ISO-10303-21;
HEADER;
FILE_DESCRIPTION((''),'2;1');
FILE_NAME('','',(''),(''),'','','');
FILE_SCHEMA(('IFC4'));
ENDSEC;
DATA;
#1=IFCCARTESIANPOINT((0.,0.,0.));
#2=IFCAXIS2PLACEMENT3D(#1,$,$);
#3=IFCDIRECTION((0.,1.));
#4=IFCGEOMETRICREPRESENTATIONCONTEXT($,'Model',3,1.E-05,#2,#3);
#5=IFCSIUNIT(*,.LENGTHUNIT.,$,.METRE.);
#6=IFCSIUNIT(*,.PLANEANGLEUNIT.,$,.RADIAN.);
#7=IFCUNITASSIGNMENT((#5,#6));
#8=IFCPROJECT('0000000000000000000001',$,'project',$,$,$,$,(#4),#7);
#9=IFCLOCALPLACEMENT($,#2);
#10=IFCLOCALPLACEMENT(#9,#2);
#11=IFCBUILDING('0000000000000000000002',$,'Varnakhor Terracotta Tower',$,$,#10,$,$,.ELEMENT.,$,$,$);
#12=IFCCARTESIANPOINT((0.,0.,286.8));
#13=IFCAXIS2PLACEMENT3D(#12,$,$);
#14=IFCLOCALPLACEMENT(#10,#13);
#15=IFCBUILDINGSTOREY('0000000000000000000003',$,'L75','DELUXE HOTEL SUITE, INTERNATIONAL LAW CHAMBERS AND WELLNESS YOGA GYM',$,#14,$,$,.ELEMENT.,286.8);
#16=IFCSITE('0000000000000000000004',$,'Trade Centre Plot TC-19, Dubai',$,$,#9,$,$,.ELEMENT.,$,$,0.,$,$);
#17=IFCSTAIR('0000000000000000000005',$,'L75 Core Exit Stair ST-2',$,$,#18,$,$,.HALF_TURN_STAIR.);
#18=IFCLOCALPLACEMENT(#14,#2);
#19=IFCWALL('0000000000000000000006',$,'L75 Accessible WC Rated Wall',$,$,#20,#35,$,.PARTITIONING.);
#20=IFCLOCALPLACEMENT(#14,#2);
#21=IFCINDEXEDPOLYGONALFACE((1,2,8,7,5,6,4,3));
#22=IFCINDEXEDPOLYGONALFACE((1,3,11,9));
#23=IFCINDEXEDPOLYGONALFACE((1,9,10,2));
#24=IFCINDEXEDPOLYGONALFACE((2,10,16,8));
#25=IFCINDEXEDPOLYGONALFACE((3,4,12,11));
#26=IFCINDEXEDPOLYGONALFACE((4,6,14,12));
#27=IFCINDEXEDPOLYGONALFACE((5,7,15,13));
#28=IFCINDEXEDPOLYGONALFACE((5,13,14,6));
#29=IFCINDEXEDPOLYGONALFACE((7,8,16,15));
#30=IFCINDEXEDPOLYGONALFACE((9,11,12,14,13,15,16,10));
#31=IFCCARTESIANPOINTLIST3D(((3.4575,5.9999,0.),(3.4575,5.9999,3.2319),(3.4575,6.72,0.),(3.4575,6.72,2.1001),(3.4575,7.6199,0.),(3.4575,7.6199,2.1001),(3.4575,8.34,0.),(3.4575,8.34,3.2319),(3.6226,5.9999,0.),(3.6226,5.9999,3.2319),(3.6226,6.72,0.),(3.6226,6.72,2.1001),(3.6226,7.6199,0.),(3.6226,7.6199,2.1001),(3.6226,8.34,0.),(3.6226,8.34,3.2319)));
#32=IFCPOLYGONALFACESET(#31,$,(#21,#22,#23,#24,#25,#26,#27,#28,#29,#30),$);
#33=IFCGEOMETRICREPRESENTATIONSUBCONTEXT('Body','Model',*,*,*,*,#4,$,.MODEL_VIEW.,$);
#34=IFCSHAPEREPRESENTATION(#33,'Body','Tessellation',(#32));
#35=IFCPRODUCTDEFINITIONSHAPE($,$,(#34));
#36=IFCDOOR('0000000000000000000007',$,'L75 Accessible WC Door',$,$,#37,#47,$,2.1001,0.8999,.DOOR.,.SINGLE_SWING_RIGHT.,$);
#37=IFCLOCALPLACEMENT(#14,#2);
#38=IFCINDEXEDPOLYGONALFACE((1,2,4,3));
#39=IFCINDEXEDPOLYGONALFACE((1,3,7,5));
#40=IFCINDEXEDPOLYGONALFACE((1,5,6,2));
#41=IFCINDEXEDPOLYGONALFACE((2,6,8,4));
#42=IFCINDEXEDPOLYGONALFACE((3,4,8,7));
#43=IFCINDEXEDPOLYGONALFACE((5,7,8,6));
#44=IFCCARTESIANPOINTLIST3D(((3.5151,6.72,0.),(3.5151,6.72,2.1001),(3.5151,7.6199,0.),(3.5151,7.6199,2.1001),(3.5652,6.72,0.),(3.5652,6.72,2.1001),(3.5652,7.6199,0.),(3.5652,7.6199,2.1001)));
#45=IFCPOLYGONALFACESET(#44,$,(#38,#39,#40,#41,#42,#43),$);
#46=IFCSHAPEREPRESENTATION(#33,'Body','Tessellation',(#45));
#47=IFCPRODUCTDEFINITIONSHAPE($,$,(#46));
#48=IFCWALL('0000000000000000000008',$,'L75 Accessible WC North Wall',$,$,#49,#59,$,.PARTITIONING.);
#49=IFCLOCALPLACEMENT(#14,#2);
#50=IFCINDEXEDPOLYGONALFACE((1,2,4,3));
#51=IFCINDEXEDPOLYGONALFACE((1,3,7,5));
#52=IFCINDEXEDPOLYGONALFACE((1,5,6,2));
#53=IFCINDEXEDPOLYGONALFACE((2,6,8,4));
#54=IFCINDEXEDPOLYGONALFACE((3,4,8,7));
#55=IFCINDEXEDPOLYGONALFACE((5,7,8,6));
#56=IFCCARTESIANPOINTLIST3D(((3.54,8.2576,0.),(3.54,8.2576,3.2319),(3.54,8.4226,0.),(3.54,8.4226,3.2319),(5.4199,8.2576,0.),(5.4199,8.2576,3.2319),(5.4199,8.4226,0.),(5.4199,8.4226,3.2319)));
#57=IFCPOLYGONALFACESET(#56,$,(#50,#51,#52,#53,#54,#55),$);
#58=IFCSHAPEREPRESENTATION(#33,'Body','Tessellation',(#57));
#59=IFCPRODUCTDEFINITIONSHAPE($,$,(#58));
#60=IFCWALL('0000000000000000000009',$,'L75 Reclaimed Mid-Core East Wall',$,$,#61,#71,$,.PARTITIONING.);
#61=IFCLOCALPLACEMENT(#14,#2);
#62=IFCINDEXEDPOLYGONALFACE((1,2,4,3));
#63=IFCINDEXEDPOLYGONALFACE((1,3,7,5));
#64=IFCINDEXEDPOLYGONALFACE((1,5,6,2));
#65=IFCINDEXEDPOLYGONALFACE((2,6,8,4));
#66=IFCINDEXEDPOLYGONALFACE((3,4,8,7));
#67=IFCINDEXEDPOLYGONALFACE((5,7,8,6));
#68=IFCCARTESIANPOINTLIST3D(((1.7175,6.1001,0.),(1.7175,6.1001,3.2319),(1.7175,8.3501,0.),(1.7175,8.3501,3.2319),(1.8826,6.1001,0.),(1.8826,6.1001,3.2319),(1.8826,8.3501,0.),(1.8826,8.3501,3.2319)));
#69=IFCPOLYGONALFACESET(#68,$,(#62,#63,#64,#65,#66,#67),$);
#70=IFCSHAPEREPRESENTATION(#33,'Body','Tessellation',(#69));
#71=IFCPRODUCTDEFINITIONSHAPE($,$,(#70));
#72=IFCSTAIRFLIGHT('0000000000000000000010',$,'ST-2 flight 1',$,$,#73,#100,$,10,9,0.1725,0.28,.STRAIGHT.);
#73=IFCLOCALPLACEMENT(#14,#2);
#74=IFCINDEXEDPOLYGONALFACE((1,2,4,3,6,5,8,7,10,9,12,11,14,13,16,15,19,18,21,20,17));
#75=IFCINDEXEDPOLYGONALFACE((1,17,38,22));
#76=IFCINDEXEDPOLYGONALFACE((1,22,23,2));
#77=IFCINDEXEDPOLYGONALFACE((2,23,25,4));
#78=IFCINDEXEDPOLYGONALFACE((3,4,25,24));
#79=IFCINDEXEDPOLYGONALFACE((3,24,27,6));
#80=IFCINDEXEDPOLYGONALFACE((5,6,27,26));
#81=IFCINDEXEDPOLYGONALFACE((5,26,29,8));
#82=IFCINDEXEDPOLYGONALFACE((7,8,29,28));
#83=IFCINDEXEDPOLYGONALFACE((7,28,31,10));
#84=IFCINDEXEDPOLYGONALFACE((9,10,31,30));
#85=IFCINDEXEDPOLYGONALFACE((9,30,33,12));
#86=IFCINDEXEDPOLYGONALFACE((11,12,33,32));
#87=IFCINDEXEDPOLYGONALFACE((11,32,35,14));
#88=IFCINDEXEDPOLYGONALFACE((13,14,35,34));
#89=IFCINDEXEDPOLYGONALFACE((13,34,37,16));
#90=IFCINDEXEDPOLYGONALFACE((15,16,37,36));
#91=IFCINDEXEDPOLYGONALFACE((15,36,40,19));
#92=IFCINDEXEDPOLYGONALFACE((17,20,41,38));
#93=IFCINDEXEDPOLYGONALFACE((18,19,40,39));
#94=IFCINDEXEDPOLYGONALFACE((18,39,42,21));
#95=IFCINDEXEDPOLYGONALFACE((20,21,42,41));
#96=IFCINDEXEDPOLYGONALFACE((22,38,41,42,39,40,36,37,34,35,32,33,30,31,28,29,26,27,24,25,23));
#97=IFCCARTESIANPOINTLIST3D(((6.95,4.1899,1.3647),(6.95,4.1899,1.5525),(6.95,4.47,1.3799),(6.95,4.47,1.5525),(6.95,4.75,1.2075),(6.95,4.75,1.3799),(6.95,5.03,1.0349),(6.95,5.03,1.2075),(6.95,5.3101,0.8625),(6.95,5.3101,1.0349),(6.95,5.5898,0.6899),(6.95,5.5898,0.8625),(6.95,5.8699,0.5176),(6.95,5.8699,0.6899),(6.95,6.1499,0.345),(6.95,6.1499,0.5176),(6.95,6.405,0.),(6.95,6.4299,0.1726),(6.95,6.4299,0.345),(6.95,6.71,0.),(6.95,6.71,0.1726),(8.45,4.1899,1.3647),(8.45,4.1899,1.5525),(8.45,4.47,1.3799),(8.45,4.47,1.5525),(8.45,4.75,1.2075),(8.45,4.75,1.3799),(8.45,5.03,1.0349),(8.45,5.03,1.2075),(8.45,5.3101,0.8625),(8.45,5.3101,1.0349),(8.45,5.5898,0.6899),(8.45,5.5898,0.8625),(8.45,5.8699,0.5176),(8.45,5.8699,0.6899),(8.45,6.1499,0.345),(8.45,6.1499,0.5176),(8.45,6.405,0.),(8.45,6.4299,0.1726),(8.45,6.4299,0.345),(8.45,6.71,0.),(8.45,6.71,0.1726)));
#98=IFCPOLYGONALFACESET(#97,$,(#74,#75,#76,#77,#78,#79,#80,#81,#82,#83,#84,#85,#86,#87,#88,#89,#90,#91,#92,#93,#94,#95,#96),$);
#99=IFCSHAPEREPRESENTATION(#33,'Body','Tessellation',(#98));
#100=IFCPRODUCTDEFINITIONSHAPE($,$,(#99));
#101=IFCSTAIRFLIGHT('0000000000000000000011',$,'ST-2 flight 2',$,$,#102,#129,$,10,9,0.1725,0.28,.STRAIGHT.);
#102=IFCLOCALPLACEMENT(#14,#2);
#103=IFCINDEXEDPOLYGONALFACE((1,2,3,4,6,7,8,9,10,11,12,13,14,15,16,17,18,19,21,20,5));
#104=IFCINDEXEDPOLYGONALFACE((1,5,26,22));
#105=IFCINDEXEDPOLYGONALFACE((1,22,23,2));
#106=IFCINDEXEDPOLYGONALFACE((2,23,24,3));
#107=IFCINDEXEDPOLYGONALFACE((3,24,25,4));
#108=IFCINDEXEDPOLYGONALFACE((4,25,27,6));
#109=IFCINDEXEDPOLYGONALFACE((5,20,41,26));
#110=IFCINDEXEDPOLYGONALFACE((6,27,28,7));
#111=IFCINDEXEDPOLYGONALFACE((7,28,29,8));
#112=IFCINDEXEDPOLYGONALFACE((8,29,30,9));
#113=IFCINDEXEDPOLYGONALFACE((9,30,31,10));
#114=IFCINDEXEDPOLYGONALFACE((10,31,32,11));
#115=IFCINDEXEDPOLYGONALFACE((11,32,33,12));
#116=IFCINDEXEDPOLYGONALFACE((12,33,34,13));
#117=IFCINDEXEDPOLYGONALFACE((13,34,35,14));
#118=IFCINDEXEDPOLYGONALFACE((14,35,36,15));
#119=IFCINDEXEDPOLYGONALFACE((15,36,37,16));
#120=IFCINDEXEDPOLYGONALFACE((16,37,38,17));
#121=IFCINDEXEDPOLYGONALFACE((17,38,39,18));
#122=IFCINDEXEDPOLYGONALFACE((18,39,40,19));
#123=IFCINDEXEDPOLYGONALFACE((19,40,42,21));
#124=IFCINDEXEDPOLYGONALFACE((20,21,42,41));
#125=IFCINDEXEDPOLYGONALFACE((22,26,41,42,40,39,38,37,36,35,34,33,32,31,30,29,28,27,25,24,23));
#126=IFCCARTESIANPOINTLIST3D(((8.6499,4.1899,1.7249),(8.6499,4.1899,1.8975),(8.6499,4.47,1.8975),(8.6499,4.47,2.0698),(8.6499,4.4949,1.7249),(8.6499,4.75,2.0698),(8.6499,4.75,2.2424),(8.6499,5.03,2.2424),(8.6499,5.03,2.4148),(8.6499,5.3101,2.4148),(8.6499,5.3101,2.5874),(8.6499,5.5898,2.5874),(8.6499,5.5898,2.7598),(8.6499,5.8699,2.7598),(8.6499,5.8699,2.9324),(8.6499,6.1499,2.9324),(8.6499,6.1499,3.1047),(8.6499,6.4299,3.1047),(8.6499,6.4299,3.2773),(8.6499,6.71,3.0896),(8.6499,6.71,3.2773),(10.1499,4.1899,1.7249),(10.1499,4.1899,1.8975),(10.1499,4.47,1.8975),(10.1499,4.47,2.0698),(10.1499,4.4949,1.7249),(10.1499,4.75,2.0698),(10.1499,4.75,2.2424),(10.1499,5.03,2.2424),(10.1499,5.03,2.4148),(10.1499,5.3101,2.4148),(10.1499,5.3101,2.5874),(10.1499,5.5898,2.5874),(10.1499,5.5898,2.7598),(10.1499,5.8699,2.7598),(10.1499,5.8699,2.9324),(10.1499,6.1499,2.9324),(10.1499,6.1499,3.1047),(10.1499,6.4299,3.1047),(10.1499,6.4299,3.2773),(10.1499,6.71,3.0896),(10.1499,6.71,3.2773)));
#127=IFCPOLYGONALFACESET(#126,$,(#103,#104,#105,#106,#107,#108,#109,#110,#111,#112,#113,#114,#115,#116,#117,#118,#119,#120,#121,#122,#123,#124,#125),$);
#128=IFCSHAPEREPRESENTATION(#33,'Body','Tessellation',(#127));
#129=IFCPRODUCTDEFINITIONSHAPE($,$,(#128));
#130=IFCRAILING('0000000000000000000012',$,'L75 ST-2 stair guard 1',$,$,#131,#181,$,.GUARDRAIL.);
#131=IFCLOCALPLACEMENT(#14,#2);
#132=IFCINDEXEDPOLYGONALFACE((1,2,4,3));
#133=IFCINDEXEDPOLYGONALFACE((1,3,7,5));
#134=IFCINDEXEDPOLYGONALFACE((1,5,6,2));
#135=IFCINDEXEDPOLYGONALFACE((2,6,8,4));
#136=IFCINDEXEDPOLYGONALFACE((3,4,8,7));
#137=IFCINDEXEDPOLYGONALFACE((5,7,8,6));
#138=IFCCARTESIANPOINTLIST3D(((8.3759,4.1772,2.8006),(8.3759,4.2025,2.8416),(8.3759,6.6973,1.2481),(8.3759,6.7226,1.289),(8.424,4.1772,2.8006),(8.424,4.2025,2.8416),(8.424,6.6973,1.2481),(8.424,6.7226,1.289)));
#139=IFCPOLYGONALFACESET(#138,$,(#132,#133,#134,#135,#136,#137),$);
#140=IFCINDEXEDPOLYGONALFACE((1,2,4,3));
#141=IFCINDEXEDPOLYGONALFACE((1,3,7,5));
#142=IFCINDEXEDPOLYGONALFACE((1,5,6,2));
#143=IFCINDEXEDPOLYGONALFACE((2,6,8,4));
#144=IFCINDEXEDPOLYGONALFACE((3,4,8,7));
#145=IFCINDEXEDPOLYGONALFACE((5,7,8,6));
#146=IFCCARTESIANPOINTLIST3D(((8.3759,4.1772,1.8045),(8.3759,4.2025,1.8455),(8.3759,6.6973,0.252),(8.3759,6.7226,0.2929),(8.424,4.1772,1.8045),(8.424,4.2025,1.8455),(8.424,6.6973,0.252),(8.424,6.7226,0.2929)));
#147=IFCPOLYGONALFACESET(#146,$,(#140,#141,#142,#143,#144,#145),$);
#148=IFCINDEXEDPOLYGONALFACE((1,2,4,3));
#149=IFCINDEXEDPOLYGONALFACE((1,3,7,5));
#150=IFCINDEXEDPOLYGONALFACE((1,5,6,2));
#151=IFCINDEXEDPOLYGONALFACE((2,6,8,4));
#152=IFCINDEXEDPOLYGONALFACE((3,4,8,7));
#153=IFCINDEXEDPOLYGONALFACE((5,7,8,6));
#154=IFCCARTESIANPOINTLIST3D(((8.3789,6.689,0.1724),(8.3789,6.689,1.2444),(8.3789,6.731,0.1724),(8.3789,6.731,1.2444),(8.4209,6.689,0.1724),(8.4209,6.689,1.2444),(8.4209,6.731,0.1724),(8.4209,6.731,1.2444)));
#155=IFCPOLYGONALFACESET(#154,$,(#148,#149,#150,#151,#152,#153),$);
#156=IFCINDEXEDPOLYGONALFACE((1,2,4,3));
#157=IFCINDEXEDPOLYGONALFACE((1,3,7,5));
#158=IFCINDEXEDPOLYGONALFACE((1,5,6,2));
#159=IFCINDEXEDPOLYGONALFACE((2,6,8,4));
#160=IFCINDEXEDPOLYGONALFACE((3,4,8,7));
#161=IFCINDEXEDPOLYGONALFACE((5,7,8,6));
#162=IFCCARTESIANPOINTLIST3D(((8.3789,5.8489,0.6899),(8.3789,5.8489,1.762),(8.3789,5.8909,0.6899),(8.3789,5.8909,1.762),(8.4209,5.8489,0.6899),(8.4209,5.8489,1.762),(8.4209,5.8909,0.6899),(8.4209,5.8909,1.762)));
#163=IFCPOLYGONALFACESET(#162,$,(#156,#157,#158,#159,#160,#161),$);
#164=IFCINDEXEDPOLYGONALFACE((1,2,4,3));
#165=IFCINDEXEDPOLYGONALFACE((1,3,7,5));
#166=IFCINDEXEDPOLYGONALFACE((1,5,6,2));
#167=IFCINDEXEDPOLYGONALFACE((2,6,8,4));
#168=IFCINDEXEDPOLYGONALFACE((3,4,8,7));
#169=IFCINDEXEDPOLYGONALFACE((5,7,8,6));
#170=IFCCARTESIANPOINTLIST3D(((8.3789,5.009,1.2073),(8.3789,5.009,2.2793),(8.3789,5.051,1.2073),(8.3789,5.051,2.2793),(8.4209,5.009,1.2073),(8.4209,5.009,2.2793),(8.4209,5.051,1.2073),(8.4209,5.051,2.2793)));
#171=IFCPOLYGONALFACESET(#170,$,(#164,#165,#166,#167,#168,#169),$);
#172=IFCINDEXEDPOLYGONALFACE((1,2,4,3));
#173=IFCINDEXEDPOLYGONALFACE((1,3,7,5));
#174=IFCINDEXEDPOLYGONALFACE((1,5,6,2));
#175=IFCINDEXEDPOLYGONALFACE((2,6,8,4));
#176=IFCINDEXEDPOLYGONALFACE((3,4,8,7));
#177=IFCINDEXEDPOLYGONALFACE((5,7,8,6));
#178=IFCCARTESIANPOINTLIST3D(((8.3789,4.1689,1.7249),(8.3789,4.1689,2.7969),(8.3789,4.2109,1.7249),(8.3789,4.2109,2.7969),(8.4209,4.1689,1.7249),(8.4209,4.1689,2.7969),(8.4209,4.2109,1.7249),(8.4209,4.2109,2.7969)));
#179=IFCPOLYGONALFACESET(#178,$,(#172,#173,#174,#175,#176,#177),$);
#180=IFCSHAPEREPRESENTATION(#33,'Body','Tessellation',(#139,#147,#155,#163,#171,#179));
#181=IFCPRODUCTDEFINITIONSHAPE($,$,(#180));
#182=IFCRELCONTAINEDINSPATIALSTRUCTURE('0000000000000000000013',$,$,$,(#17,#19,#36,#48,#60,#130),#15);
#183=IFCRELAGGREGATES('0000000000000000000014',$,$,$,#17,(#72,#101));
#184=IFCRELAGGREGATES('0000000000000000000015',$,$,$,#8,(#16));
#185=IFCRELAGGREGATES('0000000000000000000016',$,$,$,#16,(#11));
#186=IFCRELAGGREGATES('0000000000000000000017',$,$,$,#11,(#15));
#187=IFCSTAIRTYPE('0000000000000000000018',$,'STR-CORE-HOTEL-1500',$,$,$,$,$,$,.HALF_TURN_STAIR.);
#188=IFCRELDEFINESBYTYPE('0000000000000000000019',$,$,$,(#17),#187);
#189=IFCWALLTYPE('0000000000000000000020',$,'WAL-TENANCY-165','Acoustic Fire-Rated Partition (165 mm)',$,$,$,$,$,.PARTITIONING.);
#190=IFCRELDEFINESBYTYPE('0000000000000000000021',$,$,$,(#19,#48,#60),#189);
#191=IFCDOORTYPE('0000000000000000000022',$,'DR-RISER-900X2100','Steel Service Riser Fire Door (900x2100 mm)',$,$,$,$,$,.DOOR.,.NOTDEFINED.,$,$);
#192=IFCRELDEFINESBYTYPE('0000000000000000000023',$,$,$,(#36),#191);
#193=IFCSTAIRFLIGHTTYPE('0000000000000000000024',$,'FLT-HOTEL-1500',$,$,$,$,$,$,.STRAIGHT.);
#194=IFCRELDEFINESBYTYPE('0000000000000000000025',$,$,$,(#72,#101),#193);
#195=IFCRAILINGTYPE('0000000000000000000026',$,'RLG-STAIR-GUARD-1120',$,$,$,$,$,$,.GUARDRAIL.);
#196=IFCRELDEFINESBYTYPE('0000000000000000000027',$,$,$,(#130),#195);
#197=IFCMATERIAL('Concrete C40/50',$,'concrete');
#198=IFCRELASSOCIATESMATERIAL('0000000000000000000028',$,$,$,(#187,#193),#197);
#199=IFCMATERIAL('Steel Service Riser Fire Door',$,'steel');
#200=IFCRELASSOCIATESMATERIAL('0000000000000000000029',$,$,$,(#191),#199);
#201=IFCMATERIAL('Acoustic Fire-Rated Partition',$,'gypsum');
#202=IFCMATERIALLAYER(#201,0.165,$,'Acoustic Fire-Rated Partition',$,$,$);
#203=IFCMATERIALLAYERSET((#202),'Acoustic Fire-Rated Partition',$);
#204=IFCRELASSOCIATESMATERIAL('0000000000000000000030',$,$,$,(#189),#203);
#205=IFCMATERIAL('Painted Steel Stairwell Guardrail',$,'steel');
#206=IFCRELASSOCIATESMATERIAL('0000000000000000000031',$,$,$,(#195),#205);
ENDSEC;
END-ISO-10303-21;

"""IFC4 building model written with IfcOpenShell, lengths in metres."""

from ifc_helpers import new_model, si_unit, direction, frame, frame_2d, origin, origin_2d, place, context, subcontext, project, spatial, polyline, rectangle, outline, extrude, source, transform, mapped, material, layer, layer_set, type_object, type_shapes, element, fill, aggregate, save


model = new_model("IFC4")

# Units and contexts
model_context = context("Model", 3, precision=1e-05, world=origin(), true_north=direction((0.0, 1.0)))
body_context = subcontext(model_context, "Body", "Model", "MODEL_VIEW")
ifc_project = project(units=[si_unit("LENGTHUNIT", "METRE"), si_unit("PLANEANGLEUNIT", "RADIAN")], contexts=[model_context])

# Site, building, storey
site_placement = place(None, origin())
site = spatial("IfcSite", under=ifc_project, at=site_placement, Name="Trade Centre Plot TC-19, Dubai", CompositionType="ELEMENT", RefElevation=0.0)
building_placement = place(site_placement, origin())
building = spatial("IfcBuilding", under=site, at=building_placement, Name="Varnakhor Terracotta Tower", CompositionType="ELEMENT")
storey_placement = place(building_placement, frame((0.0, 0.0, 286.8)))
storey = spatial("IfcBuildingStorey", under=building, at=storey_placement, Name="L75", Description="DELUXE HOTEL SUITE, INTERNATIONAL LAW CHAMBERS AND WELLNESS YOGA GYM", CompositionType="ELEMENT", Elevation=286.8)

# Shared definitions
ifc_material_1 = material(Name="Concrete C40/50", Category="concrete")

# Stair
stair_type = type_object("IfcStairType", Name="STR-CORE-HOTEL-1500", PredefinedType="HALF_TURN_STAIR", material=ifc_material_1)
stair_1_placement = place(storey_placement, origin())
stair_1 = element("IfcStair", 1, at=stair_1_placement, inside=storey, type_object=stair_type, Name="L75 Core Exit Stair ST-2", PredefinedType="HALF_TURN_STAIR")

# Shared definitions
ifc_material_2 = material(Name="Acoustic Fire-Rated Partition", Category="gypsum")

# Wall, opening, door
ifc_material_3 = material(Name="Steel Service Riser Fire Door", Category="steel")
door_type_1 = type_object("IfcDoorType", Name="DR-RISER-900X2100", Description="Steel Service Riser Fire Door (900x2100 mm)", OperationType="NOTDEFINED", PredefinedType="DOOR", material=ifc_material_3)
shared_shape_1 = source(origin(), body_context, "Body", "SweptSolid", [
    extrude(rectangle(XDim=0.8999, YDim=2.1001, at=frame_2d((0.45, 1.05))), frame((0.0, 0.0249, 0.0), z_axis=(0.0, -1.0, 0.0), x_axis=(1.0, 0.0, 0.0)), (0.0, 0.0, 1.0), 0.05),
])
type_shapes(door_type_1, [shared_shape_1])
ifc_layer_1 = layer(ifc_material_2, 0.165, Name="Acoustic Fire-Rated Partition")
ifc_layer_set_1 = layer_set([ifc_layer_1], Name="Acoustic Fire-Rated Partition")
wall_type_1 = type_object("IfcWallType", Name="WAL-TENANCY-165", Description="Acoustic Fire-Rated Partition (165 mm)", PredefinedType="PARTITIONING", material=ifc_layer_set_1)
wall_1_placement = place(storey_placement, frame((3.54, 6.0, 0.0), z_axis=(0.0, 0.0, 1.0), x_axis=(0.0, 1.0, 0.0)))
wall_1 = element("IfcWall", 2, at=wall_1_placement, inside=storey, type_object=wall_type_1, Name="L75 Accessible WC Rated Wall", PredefinedType="PARTITIONING", context=body_context, shape_type="SweptSolid", body=[
    extrude(rectangle(XDim=2.3401, YDim=0.165, at=frame_2d((1.1699, 0.0))), origin(), (0.0, 0.0, 1.0), 3.2319),
])
opening_1_placement = place(wall_1_placement, frame((0.72, 0.0, 0.0)))
opening_1 = element("IfcOpeningElement", 3, at=opening_1_placement, cuts=wall_1, PredefinedType="OPENING", context=body_context, shape_type="SweptSolid", body=[
    extrude(rectangle(XDim=0.8999, YDim=2.1001, at=frame_2d((0.45, 1.05))), frame((0.0, 0.0925, 0.0), z_axis=(0.0, -1.0, 0.0), x_axis=(1.0, 0.0, 0.0)), (0.0, 0.0, 1.0), 0.1851),
])
door_1_placement = place(opening_1_placement, origin())
door_1 = element("IfcDoor", 4, at=door_1_placement, inside=storey, type_object=door_type_1, Name="L75 Accessible WC Door", OperationType="SINGLE_SWING_RIGHT", OverallHeight=2.1001, OverallWidth=0.8999, PredefinedType="DOOR", context=body_context, shape_type="MappedRepresentation", body=[
    mapped(shared_shape_1, transform((0.0, 0.0, 0.0), scale=1.0)),
])
fill(opening_1, door_1)

# Walls
wall_2_placement = place(storey_placement, frame((3.54, 8.3401, 0.0), z_axis=(0.0, 0.0, 1.0), x_axis=(1.0, 0.0, 0.0)))
element("IfcWall", 5, at=wall_2_placement, inside=storey, type_object=wall_type_1, Name="L75 Accessible WC North Wall", PredefinedType="PARTITIONING", context=body_context, shape_type="SweptSolid", body=[
    extrude(rectangle(XDim=1.8799, YDim=0.165, at=frame_2d((0.9399, 0.0))), origin(), (0.0, 0.0, 1.0), 3.2319),
])
wall_3_placement = place(storey_placement, frame((1.8, 6.1001, 0.0), z_axis=(0.0, 0.0, 1.0), x_axis=(0.0, 1.0, 0.0)))
element("IfcWall", 6, at=wall_3_placement, inside=storey, type_object=wall_type_1, Name="L75 Reclaimed Mid-Core East Wall", PredefinedType="PARTITIONING", context=body_context, shape_type="SweptSolid", body=[
    extrude(rectangle(XDim=2.25, YDim=0.165, at=frame_2d((1.125, 0.0))), origin(), (0.0, 0.0, 1.0), 3.2319),
])

# Stair flights
stair_flight_type = type_object("IfcStairFlightType", Name="FLT-HOTEL-1500", PredefinedType="STRAIGHT", material=ifc_material_1)
stair_flight_1_placement = place(storey_placement, frame((7.7, 6.71, 0.0), z_axis=(0.0, 0.0, 1.0), x_axis=(0.0, -1.0, 0.0)))
stair_flight_1 = element("IfcStairFlight", 7, at=stair_flight_1_placement, type_object=stair_flight_type, Name="ST-2 flight 1", NumberOfRisers=10, NumberOfTreads=9, PredefinedType="STRAIGHT", RiserHeight=0.1725, TreadLength=0.28, context=body_context, shape_type="SweptSolid", body=[
    extrude(outline(polyline([(0.0, 0.0), (0.0, 0.1726), (0.28, 0.1726), (0.28, 0.345), (0.5601, 0.345), (0.5601, 0.5176), (0.8401, 0.5176), (0.8401, 0.6899), (1.1201, 0.6899), (1.1201, 0.8625), (1.3999, 0.8625), (1.3999, 1.0349), (1.6799, 1.0349), (1.6799, 1.2075), (1.96, 1.2075), (1.96, 1.3799), (2.24, 1.3799), (2.24, 1.5525), (2.52, 1.5525), (2.52, 1.7251), (2.52, 1.3647), (0.3049, 0.0), (0.0, 0.0)])), frame((0.0, 0.75, 0.0), z_axis=(0.0, -1.0, 0.0), x_axis=(1.0, 0.0, 0.0)), (0.0, 0.0, 1.0), 1.5),
])
stair_flight_2_placement = place(storey_placement, frame((9.3999, 4.1899, 1.7249), z_axis=(0.0, 0.0, 1.0), x_axis=(0.0, 1.0, 0.0)))
stair_flight_2 = element("IfcStairFlight", 8, at=stair_flight_2_placement, type_object=stair_flight_type, Name="ST-2 flight 2", NumberOfRisers=10, NumberOfTreads=9, PredefinedType="STRAIGHT", RiserHeight=0.1725, TreadLength=0.28, context=body_context, shape_type="SweptSolid", body=[
    extrude(outline(polyline([(0.0, 0.0), (0.0, 0.1726), (0.28, 0.1726), (0.28, 0.345), (0.5601, 0.345), (0.5601, 0.5176), (0.8401, 0.5176), (0.8401, 0.6899), (1.1201, 0.6899), (1.1201, 0.8625), (1.3999, 0.8625), (1.3999, 1.0349), (1.6799, 1.0349), (1.6799, 1.2075), (1.96, 1.2075), (1.96, 1.3799), (2.24, 1.3799), (2.24, 1.5525), (2.52, 1.5525), (2.52, 1.7251), (2.52, 1.3647), (0.3049, 0.0), (0.0, 0.0)])), frame((0.0, 0.75, 0.0), z_axis=(0.0, -1.0, 0.0), x_axis=(1.0, 0.0, 0.0)), (0.0, 0.0, 1.0), 1.5),
])
aggregate(stair_1, [stair_flight_1, stair_flight_2])

# Railing
ifc_material_4 = material(Name="Painted Steel Stairwell Guardrail", Category="steel")
railing_type_1 = type_object("IfcRailingType", Name="RLG-STAIR-GUARD-1120", PredefinedType="GUARDRAIL", material=ifc_material_4)
railing_1_placement = place(storey_placement, frame((8.3999, 6.71, 0.1724)))
element("IfcRailing", 9, at=railing_1_placement, inside=storey, type_object=railing_type_1, Name="L75 ST-2 stair guard 1", PredefinedType="GUARDRAIL", context=body_context, shape_type="SweptSolid", body=[
    extrude(rectangle(XDim=0.0481, YDim=0.0481, at=origin_2d()), frame((0.0, 0.0, 1.0962), z_axis=(0.0, -0.8514, 0.524516), x_axis=(1.0, 0.0, 0.0)), (0.0, 0.0, 1.0), 2.96),
    extrude(rectangle(XDim=0.0481, YDim=0.0481, at=origin_2d()), frame((0.0, 0.0, 0.1001), z_axis=(0.0, -0.8514, 0.524516), x_axis=(1.0, 0.0, 0.0)), (0.0, 0.0, 1.0), 2.96),
    extrude(rectangle(XDim=0.042, YDim=0.042, at=origin_2d()), origin(), (0.0, 0.0, 1.0), 1.072),
    extrude(rectangle(XDim=0.042, YDim=0.042, at=origin_2d()), frame((0.0, -0.8401, 0.5176)), (0.0, 0.0, 1.0), 1.072),
    extrude(rectangle(XDim=0.042, YDim=0.042, at=origin_2d()), frame((0.0, -1.6799, 1.0349)), (0.0, 0.0, 1.0), 1.072),
    extrude(rectangle(XDim=0.042, YDim=0.042, at=origin_2d()), frame((0.0, -2.52, 1.5525)), (0.0, 0.0, 1.0), 1.072),
])

save(model, "model.ifc")
